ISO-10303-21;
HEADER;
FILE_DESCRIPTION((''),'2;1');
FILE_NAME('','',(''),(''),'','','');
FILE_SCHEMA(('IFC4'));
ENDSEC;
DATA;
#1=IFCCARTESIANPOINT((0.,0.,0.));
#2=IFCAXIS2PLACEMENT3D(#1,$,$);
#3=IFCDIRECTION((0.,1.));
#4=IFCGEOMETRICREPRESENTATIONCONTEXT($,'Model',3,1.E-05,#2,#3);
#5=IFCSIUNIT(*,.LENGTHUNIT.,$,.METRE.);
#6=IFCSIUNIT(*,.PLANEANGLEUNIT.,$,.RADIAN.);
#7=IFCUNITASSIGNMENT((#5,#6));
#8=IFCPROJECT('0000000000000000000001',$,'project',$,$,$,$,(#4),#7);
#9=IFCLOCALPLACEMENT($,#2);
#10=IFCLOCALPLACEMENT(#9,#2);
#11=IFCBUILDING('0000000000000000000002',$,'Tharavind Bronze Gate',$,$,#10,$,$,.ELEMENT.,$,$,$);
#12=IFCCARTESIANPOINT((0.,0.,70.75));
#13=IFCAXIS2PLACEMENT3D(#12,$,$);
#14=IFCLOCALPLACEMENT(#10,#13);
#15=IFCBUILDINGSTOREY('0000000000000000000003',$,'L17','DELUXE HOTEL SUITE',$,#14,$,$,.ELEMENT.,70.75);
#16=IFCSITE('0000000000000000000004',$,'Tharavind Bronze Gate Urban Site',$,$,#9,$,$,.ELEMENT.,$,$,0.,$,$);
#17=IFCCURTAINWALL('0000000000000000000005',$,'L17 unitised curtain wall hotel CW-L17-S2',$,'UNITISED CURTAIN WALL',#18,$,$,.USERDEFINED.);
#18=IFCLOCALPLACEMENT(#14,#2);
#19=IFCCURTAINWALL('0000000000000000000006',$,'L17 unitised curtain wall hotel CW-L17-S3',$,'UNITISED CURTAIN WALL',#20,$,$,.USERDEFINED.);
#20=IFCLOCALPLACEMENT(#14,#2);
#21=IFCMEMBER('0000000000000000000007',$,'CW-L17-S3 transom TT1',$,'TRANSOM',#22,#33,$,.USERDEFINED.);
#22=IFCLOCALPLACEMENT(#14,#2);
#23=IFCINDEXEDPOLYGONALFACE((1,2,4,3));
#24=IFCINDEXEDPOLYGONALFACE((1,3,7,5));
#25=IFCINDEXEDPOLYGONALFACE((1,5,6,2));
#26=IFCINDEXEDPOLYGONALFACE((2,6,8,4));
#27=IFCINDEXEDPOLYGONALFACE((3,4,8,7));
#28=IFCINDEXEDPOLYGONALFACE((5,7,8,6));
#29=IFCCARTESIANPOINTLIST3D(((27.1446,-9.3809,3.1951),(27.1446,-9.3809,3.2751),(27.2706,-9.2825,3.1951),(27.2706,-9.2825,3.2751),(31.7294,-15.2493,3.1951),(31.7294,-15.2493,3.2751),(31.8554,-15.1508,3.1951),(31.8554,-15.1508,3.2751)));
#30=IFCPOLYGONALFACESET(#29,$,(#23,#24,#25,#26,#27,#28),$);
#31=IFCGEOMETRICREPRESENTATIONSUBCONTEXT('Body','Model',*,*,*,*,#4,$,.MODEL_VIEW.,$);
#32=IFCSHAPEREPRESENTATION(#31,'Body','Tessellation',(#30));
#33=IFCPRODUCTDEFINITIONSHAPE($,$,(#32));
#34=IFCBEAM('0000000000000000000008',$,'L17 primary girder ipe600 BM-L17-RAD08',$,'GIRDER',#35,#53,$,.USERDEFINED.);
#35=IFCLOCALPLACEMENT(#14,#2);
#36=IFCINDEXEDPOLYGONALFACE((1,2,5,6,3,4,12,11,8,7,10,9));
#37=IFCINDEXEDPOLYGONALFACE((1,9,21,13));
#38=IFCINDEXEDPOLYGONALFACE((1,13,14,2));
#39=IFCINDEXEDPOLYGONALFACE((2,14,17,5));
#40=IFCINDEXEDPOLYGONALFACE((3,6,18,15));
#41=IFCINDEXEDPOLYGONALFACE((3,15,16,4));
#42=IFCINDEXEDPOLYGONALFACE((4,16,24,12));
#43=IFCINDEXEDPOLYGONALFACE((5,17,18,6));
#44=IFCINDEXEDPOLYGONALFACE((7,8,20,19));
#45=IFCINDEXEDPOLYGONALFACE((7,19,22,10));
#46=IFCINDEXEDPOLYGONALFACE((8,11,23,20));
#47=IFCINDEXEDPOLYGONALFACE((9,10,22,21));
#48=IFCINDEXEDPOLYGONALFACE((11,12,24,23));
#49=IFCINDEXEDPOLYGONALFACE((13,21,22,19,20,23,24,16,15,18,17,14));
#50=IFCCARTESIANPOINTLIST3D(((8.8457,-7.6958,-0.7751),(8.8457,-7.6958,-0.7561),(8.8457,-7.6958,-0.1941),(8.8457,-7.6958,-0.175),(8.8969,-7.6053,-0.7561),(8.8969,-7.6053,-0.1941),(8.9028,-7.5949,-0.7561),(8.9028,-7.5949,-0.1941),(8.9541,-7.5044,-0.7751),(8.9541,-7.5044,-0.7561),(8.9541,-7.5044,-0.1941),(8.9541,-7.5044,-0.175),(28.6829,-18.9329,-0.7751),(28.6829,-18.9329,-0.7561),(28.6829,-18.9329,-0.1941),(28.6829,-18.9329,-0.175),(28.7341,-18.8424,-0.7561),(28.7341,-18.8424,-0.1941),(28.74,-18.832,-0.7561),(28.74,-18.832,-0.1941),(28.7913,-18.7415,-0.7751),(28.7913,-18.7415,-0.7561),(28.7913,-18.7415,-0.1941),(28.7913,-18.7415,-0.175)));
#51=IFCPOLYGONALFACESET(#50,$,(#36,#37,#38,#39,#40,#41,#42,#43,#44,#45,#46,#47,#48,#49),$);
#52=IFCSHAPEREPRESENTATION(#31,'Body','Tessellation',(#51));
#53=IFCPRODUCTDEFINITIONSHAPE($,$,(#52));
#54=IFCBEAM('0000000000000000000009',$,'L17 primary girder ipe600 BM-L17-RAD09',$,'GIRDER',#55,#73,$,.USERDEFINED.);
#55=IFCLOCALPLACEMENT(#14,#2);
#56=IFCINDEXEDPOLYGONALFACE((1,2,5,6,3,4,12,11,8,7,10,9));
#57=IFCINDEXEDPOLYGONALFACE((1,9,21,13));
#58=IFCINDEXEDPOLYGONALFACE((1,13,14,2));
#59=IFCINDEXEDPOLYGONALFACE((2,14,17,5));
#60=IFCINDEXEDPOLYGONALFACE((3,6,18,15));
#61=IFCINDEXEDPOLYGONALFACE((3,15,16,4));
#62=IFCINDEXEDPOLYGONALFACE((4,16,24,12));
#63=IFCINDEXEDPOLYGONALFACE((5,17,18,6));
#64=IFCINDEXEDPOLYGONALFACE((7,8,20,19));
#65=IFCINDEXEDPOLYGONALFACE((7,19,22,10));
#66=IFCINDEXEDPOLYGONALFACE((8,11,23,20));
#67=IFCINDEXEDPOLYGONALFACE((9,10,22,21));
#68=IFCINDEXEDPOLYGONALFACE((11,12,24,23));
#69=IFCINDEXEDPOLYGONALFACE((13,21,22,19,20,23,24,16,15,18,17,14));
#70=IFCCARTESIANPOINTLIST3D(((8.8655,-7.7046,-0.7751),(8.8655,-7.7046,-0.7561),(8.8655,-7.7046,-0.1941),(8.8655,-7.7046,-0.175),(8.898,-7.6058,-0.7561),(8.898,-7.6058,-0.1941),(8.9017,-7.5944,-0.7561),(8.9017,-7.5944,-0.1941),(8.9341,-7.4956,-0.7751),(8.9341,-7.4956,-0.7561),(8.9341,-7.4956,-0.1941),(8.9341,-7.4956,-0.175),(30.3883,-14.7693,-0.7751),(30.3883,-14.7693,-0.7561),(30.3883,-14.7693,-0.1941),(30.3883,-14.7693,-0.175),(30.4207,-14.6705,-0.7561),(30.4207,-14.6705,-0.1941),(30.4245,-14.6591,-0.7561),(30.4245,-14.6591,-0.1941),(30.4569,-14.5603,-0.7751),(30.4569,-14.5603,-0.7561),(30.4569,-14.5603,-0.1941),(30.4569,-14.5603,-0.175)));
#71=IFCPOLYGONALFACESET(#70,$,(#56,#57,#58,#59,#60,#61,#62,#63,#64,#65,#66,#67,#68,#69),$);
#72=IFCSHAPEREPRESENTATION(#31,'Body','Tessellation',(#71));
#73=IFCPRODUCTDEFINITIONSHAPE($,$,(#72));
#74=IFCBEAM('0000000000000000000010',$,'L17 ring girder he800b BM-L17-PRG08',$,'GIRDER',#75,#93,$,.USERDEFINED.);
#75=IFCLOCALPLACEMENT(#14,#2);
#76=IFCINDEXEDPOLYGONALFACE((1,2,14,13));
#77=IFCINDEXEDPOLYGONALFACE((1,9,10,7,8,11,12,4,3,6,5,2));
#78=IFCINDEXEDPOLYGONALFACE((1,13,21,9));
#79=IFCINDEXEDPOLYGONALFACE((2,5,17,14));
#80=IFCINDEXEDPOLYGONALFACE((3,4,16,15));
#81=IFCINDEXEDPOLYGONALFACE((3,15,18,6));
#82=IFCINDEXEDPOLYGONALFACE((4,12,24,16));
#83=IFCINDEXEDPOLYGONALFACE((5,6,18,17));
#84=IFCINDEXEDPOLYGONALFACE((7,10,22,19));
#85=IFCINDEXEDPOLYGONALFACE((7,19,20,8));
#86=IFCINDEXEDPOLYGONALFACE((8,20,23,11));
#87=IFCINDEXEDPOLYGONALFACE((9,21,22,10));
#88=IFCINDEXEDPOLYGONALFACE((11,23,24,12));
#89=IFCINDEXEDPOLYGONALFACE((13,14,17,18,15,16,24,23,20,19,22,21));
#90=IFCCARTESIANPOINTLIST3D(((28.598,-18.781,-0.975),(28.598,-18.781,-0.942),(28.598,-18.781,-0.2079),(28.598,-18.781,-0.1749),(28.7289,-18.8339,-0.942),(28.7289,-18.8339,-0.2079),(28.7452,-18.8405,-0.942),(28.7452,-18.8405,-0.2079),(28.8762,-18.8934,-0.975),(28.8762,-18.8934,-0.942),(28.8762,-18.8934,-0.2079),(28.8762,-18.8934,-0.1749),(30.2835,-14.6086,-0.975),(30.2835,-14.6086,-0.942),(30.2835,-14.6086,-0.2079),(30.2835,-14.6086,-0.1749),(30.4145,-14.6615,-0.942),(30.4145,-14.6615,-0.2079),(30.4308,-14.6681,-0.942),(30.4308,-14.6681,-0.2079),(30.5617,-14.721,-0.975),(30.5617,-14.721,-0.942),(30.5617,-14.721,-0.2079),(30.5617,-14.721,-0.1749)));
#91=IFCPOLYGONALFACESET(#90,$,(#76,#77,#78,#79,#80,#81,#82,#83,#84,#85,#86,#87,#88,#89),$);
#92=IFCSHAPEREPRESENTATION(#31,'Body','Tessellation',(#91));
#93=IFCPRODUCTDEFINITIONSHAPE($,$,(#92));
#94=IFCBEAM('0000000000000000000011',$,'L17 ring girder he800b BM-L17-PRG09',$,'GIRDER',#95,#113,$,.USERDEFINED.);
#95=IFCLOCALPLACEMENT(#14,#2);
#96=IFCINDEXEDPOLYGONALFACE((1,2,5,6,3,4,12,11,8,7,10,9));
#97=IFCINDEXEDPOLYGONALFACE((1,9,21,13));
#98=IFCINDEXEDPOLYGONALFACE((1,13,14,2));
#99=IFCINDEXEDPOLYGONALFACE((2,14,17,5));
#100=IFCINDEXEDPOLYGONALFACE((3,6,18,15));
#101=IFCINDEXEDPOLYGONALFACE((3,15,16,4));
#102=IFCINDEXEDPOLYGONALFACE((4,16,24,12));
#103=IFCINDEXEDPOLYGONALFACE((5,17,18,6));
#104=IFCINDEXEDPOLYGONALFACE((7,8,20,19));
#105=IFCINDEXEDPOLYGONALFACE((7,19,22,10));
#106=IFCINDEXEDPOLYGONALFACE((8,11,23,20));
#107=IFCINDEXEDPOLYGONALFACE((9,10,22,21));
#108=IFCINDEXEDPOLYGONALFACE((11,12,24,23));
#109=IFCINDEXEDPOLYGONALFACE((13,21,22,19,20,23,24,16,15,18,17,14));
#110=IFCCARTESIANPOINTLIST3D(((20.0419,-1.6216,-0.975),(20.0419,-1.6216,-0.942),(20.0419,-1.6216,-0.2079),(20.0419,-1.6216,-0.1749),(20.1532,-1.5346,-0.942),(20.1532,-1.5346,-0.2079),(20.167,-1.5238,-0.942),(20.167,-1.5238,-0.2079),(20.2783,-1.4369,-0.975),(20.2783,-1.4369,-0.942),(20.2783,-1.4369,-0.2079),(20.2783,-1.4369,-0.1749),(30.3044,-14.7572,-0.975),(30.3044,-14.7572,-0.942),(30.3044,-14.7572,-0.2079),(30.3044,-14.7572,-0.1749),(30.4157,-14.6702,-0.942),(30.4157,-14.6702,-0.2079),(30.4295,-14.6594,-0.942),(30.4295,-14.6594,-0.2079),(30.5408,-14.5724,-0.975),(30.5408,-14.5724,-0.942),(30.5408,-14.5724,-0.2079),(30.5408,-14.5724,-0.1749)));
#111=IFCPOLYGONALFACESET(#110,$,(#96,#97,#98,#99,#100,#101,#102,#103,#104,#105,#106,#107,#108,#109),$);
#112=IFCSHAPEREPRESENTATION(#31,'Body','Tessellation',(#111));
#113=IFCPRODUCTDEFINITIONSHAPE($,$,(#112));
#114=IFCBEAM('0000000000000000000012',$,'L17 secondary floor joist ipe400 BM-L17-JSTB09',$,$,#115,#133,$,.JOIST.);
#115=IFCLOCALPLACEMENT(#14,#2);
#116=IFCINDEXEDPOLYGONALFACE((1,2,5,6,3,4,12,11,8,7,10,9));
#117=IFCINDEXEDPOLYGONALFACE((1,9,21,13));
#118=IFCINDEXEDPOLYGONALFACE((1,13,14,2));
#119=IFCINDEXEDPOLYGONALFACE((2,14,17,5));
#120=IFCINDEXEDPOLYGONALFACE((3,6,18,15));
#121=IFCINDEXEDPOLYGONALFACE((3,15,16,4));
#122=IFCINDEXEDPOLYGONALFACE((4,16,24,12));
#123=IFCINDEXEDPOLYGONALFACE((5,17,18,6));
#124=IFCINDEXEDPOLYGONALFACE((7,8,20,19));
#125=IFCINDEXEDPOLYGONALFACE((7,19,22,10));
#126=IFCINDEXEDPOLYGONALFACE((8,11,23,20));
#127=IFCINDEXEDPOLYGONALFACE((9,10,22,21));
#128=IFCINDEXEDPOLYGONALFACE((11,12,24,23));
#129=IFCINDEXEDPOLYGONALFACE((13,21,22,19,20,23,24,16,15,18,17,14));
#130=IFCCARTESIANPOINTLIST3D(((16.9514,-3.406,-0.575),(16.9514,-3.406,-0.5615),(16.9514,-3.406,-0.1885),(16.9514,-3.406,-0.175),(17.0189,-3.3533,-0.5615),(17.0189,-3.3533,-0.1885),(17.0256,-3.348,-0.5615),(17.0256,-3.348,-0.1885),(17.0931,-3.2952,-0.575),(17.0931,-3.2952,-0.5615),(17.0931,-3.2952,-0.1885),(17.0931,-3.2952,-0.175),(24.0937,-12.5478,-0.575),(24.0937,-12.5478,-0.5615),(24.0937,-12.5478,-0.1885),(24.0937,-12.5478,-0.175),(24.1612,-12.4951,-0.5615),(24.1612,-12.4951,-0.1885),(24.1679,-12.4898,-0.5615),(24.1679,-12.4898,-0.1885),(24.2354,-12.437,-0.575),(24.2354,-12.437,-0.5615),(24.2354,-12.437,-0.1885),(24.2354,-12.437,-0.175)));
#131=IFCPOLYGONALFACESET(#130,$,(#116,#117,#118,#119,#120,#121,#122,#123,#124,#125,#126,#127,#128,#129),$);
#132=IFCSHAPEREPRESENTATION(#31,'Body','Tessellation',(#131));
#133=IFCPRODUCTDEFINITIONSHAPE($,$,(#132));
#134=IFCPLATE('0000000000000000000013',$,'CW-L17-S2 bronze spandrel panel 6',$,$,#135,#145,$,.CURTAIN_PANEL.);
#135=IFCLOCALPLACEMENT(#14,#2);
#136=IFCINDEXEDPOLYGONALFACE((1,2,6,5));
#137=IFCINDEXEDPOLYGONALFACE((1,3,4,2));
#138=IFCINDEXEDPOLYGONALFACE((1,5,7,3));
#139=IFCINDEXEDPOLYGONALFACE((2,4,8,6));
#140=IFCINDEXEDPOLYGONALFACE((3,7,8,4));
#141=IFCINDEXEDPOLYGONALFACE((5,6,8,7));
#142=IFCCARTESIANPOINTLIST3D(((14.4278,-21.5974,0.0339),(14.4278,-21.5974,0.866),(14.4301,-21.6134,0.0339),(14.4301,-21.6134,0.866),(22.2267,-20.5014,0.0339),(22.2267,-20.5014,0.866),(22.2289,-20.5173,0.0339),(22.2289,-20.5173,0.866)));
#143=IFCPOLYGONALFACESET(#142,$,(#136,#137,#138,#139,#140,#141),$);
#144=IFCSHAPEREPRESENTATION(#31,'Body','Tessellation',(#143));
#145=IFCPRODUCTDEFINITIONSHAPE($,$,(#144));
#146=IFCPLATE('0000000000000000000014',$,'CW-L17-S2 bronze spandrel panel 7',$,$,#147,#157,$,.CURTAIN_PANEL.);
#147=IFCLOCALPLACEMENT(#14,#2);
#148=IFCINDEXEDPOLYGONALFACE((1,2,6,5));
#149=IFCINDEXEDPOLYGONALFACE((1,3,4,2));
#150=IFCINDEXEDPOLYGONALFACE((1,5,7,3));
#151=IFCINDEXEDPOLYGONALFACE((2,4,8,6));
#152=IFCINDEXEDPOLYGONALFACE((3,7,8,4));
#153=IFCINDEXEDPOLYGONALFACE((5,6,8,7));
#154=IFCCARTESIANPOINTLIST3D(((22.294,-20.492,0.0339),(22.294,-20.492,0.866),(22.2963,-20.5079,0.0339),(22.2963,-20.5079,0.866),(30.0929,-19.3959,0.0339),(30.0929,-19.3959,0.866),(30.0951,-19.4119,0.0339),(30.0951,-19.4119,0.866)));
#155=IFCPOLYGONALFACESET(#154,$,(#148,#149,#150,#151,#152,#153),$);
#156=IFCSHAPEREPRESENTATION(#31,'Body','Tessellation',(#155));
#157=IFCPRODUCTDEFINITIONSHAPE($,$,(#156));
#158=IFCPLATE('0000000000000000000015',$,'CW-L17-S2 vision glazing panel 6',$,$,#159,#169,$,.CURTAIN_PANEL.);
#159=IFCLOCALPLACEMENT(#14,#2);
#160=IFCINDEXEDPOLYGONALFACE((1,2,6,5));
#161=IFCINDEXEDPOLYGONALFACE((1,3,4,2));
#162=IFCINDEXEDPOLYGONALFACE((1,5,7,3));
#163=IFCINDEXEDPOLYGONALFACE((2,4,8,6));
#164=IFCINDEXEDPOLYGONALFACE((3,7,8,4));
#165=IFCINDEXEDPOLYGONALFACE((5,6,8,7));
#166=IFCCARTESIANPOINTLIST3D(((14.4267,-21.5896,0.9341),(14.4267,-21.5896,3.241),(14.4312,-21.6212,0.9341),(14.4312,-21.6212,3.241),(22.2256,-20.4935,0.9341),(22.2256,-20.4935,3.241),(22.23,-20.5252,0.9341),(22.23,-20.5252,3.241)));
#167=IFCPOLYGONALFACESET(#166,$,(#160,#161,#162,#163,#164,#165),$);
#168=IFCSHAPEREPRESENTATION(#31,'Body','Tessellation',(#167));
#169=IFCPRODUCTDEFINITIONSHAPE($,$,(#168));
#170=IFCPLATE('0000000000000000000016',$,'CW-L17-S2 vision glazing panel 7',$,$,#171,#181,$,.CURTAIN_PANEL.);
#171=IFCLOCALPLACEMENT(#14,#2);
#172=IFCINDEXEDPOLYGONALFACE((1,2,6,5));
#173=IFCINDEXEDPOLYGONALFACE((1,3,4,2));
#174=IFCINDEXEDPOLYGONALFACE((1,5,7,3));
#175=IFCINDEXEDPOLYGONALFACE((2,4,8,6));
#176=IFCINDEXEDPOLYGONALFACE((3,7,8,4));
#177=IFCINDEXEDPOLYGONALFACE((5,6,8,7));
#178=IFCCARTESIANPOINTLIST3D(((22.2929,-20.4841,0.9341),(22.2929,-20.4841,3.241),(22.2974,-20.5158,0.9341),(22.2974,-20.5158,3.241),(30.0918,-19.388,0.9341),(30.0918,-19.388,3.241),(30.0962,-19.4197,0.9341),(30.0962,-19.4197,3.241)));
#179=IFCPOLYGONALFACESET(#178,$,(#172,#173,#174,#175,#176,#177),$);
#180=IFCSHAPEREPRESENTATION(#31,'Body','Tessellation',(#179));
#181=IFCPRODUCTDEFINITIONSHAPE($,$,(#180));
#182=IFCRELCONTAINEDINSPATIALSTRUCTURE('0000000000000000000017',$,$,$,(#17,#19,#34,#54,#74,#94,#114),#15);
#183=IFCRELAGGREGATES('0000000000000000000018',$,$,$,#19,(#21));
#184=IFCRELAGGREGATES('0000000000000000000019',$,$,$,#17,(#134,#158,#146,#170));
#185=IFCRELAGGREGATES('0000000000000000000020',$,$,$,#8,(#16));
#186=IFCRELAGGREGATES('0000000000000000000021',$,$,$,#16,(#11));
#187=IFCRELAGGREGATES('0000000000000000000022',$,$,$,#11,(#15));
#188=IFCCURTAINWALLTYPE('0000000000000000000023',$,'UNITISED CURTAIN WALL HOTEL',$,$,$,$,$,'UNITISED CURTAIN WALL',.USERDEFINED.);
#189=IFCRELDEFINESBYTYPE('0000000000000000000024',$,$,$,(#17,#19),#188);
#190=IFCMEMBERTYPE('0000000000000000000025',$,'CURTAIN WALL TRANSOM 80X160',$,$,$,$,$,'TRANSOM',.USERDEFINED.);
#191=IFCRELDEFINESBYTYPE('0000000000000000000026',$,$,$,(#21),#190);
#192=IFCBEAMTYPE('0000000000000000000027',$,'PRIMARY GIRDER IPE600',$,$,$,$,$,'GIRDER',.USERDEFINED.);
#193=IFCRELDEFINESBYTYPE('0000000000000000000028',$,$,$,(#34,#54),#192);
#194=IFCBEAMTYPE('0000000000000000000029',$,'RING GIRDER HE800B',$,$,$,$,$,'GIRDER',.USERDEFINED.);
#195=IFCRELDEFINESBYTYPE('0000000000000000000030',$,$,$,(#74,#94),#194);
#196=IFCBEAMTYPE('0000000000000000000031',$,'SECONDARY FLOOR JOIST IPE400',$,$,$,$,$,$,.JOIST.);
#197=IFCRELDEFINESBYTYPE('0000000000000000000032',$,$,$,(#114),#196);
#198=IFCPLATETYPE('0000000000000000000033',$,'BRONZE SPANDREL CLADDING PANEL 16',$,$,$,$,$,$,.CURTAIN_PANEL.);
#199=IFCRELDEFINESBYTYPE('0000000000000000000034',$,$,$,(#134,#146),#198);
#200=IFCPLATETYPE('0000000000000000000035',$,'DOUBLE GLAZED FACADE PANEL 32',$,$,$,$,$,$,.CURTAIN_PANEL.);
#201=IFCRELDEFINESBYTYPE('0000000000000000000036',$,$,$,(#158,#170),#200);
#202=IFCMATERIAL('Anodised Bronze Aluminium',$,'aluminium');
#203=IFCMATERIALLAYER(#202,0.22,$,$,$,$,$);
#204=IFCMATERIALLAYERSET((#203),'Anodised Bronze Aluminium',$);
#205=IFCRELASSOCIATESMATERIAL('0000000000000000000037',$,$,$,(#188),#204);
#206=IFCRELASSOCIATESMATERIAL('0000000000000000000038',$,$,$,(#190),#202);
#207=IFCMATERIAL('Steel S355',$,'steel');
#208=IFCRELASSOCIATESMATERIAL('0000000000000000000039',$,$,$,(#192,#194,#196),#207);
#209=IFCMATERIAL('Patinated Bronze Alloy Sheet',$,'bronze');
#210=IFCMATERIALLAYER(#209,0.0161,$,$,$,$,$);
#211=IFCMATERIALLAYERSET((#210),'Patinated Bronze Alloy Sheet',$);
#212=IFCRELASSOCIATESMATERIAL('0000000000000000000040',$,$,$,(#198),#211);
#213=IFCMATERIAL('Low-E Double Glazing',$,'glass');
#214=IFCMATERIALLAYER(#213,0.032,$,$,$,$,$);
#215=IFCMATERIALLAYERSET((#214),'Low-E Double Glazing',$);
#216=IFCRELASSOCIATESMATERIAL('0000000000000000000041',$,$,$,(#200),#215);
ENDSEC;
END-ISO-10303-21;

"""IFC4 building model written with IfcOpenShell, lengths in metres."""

from ifc_helpers import new_model, si_unit, direction, frame, origin, origin_2d, place, context, subcontext, project, spatial, rectangle, i_section, extrude, material, layer, layer_set, material_profile, profile_set, type_object, element, aggregate, save


model = new_model("IFC4")

# Units and contexts
model_context = context("Model", 3, precision=1e-05, world=origin(), true_north=direction((0.0, 1.0)))
body_context = subcontext(model_context, "Body", "Model", "MODEL_VIEW")
ifc_project = project(units=[si_unit("LENGTHUNIT", "METRE"), si_unit("PLANEANGLEUNIT", "RADIAN")], contexts=[model_context])

# Site, building, storey
site_placement = place(None, origin())
site = spatial("IfcSite", under=ifc_project, at=site_placement, Name="Tharavind Bronze Gate Urban Site", CompositionType="ELEMENT", RefElevation=0.0)
building_placement = place(site_placement, origin())
building = spatial("IfcBuilding", under=site, at=building_placement, Name="Tharavind Bronze Gate", CompositionType="ELEMENT")
storey_placement = place(building_placement, frame((0.0, 0.0, 70.75)))
storey = spatial("IfcBuildingStorey", under=building, at=storey_placement, Name="L17", Description="DELUXE HOTEL SUITE", CompositionType="ELEMENT", Elevation=70.75)

# Curtain wall
ifc_material_1 = material(Name="Anodised Bronze Aluminium", Category="aluminium")
ifc_layer_1 = layer(ifc_material_1, 0.22)
ifc_layer_set_1 = layer_set([ifc_layer_1], Name="Anodised Bronze Aluminium")
curtain_wall_type = type_object("IfcCurtainWallType", Name="UNITISED CURTAIN WALL HOTEL", ElementType="UNITISED CURTAIN WALL", PredefinedType="USERDEFINED", material=ifc_layer_set_1)
curtain_wall_1_placement = place(storey_placement, origin())
curtain_wall_1 = element("IfcCurtainWall", 1, at=curtain_wall_1_placement, inside=storey, type_object=curtain_wall_type, Name="L17 unitised curtain wall hotel CW-L17-S2", ObjectType="UNITISED CURTAIN WALL", PredefinedType="USERDEFINED")

# Curtain wall
curtain_wall_2_placement = place(storey_placement, origin())
curtain_wall_2 = element("IfcCurtainWall", 2, at=curtain_wall_2_placement, inside=storey, type_object=curtain_wall_type, Name="L17 unitised curtain wall hotel CW-L17-S3", ObjectType="UNITISED CURTAIN WALL", PredefinedType="USERDEFINED")

# Member
member_type_1 = type_object("IfcMemberType", Name="CURTAIN WALL TRANSOM 80X160", ElementType="TRANSOM", PredefinedType="USERDEFINED", material=ifc_material_1)
member_1_placement = place(storey_placement, frame((29.5, -12.2659, 3.1951), z_axis=(0.0, 0.0, 1.0), x_axis=(-0.615661, 0.788011, 0.0)))
member_1 = element("IfcMember", 3, at=member_1_placement, type_object=member_type_1, Name="CW-L17-S3 transom TT1", ObjectType="TRANSOM", PredefinedType="USERDEFINED", context=body_context, shape_type="SweptSolid", body=[
    extrude(rectangle(XDim=7.447, YDim=0.1599, at=origin_2d()), origin(), (0.0, 0.0, 1.0), 0.0801),
])
aggregate(curtain_wall_2, [member_1])

# Beams
ifc_material_2 = material(Name="Steel S355", Category="steel")
ifc_material_profile_1 = material_profile(ifc_material_2, i_section(OverallWidth=0.22, OverallDepth=0.6001, WebThickness=0.012, FlangeThickness=0.019, at=origin_2d()), Name="IPE600")
ifc_profile_set_1 = profile_set([ifc_material_profile_1], Name="Steel S355")
beam_type_1 = type_object("IfcBeamType", Name="PRIMARY GIRDER IPE600", ElementType="GIRDER", PredefinedType="USERDEFINED", material=ifc_profile_set_1)
beam_1_placement = place(storey_placement, frame((28.7371, -18.8372, -0.4751), z_axis=(-0.870097, 0.49288, 0.0), x_axis=(-0.49288, -0.870097, 0.0)))
element("IfcBeam", 4, at=beam_1_placement, inside=storey, type_object=beam_type_1, Name="L17 primary girder ipe600 BM-L17-RAD08", ObjectType="GIRDER", PredefinedType="USERDEFINED", context=body_context, shape_type="SweptSolid", body=[
    extrude(i_section(OverallWidth=0.22, OverallDepth=0.6001, WebThickness=0.012, FlangeThickness=0.019, at=origin_2d()), origin(), (0.0, 0.0, 1.0), 22.7988),
])
beam_2_placement = place(storey_placement, frame((30.4226, -14.6648, -0.4751), z_axis=(-0.950124, 0.311872, 0.0), x_axis=(-0.311872, -0.950124, 0.0)))
element("IfcBeam", 5, at=beam_2_placement, inside=storey, type_object=beam_type_1, Name="L17 primary girder ipe600 BM-L17-RAD09", ObjectType="GIRDER", PredefinedType="USERDEFINED", context=body_context, shape_type="SweptSolid", body=[
    extrude(i_section(OverallWidth=0.22, OverallDepth=0.6001, WebThickness=0.012, FlangeThickness=0.019, at=origin_2d()), origin(), (0.0, 0.0, 1.0), 22.6526),
])
ifc_material_profile_2 = material_profile(ifc_material_2, i_section(OverallWidth=0.3, OverallDepth=0.8, WebThickness=0.0176, FlangeThickness=0.033, at=origin_2d()), Name="HE800B")
ifc_profile_set_2 = profile_set([ifc_material_profile_2], Name="Steel S355")
beam_type_2 = type_object("IfcBeamType", Name="RING GIRDER HE800B", ElementType="GIRDER", PredefinedType="USERDEFINED", material=ifc_profile_set_2)
beam_3_placement = place(storey_placement, frame((28.7371, -18.8372, -0.575), z_axis=(0.374569, 0.927199, 0.0), x_axis=(-0.927199, 0.374569, 0.0)))
element("IfcBeam", 6, at=beam_3_placement, inside=storey, type_object=beam_type_2, Name="L17 ring girder he800b BM-L17-PRG08", ObjectType="GIRDER", PredefinedType="USERDEFINED", context=body_context, shape_type="SweptSolid", body=[
    extrude(i_section(OverallWidth=0.3, OverallDepth=0.8, WebThickness=0.0176, FlangeThickness=0.033, at=origin_2d()), origin(), (0.0, 0.0, 1.0), 4.5),
])
beam_4_placement = place(storey_placement, frame((30.4226, -14.6648, -0.575), z_axis=(-0.615657, 0.788014, 0.0), x_axis=(-0.788014, -0.615657, 0.0)))
element("IfcBeam", 7, at=beam_4_placement, inside=storey, type_object=beam_type_2, Name="L17 ring girder he800b BM-L17-PRG09", ObjectType="GIRDER", PredefinedType="USERDEFINED", context=body_context, shape_type="SweptSolid", body=[
    extrude(i_section(OverallWidth=0.3, OverallDepth=0.8, WebThickness=0.0176, FlangeThickness=0.033, at=origin_2d()), origin(), (0.0, 0.0, 1.0), 16.6692),
])
ifc_material_profile_3 = material_profile(ifc_material_2, i_section(OverallWidth=0.1799, OverallDepth=0.3999, WebThickness=0.0085, FlangeThickness=0.0134, at=origin_2d()), Name="IPE400")
ifc_profile_set_3 = profile_set([ifc_material_profile_3], Name="Steel S355")
beam_type_3 = type_object("IfcBeamType", Name="SECONDARY FLOOR JOIST IPE400", PredefinedType="JOIST", material=ifc_profile_set_3)
beam_5_placement = place(storey_placement, frame((24.1646, -12.4924, -0.375), z_axis=(-0.615658, 0.788013, 0.0), x_axis=(-0.788013, -0.615658, 0.0)))
element("IfcBeam", 8, at=beam_5_placement, inside=storey, type_object=beam_type_3, Name="L17 secondary floor joist ipe400 BM-L17-JSTB09", PredefinedType="JOIST", context=body_context, shape_type="SweptSolid", body=[
    extrude(i_section(OverallWidth=0.1799, OverallDepth=0.3999, WebThickness=0.0085, FlangeThickness=0.0134, at=origin_2d()), origin(), (0.0, 0.0, 1.0), 11.6011),
])

# Plates
ifc_material_3 = material(Name="Patinated Bronze Alloy Sheet", Category="bronze")
ifc_layer_2 = layer(ifc_material_3, 0.0161)
ifc_layer_set_2 = layer_set([ifc_layer_2], Name="Patinated Bronze Alloy Sheet")
plate_type_1 = type_object("IfcPlateType", Name="BRONZE SPANDREL CLADDING PANEL 16", PredefinedType="CURTAIN_PANEL", material=ifc_layer_set_2)
plate_1_placement = place(storey_placement, frame((18.3284, -21.0574, 0.0339), z_axis=(0.0, 0.0, 1.0), x_axis=(0.990268, 0.139173, 0.0)))
plate_1 = element("IfcPlate", 9, at=plate_1_placement, type_object=plate_type_1, Name="CW-L17-S2 bronze spandrel panel 6", PredefinedType="CURTAIN_PANEL", context=body_context, shape_type="SweptSolid", body=[
    extrude(rectangle(XDim=7.8755, YDim=0.0161, at=origin_2d()), origin(), (0.0, 0.0, 1.0), 0.832),
])
plate_2_placement = place(storey_placement, frame((26.1946, -19.9519, 0.0339), z_axis=(0.0, 0.0, 1.0), x_axis=(0.990268, 0.139173, 0.0)))
plate_2 = element("IfcPlate", 10, at=plate_2_placement, type_object=plate_type_1, Name="CW-L17-S2 bronze spandrel panel 7", PredefinedType="CURTAIN_PANEL", context=body_context, shape_type="SweptSolid", body=[
    extrude(rectangle(XDim=7.8755, YDim=0.0161, at=origin_2d()), origin(), (0.0, 0.0, 1.0), 0.832),
])
ifc_material_4 = material(Name="Low-E Double Glazing", Category="glass")
ifc_layer_3 = layer(ifc_material_4, 0.032)
ifc_layer_set_3 = layer_set([ifc_layer_3], Name="Low-E Double Glazing")
plate_type_2 = type_object("IfcPlateType", Name="DOUBLE GLAZED FACADE PANEL 32", PredefinedType="CURTAIN_PANEL", material=ifc_layer_set_3)
plate_3_placement = place(storey_placement, frame((18.3284, -21.0574, 0.9341), z_axis=(0.0, 0.0, 1.0), x_axis=(0.990268, 0.139173, 0.0)))
plate_3 = element("IfcPlate", 11, at=plate_3_placement, type_object=plate_type_2, Name="CW-L17-S2 vision glazing panel 6", PredefinedType="CURTAIN_PANEL", context=body_context, shape_type="SweptSolid", body=[
    extrude(rectangle(XDim=7.8755, YDim=0.032, at=origin_2d()), origin(), (0.0, 0.0, 1.0), 2.3069),
])
plate_4_placement = place(storey_placement, frame((26.1946, -19.9519, 0.9341), z_axis=(0.0, 0.0, 1.0), x_axis=(0.990268, 0.139173, 0.0)))
plate_4 = element("IfcPlate", 12, at=plate_4_placement, type_object=plate_type_2, Name="CW-L17-S2 vision glazing panel 7", PredefinedType="CURTAIN_PANEL", context=body_context, shape_type="SweptSolid", body=[
    extrude(rectangle(XDim=7.8755, YDim=0.032, at=origin_2d()), origin(), (0.0, 0.0, 1.0), 2.3069),
])
aggregate(curtain_wall_1, [plate_1, plate_3, plate_2, plate_4])

save(model, "model.ifc")
